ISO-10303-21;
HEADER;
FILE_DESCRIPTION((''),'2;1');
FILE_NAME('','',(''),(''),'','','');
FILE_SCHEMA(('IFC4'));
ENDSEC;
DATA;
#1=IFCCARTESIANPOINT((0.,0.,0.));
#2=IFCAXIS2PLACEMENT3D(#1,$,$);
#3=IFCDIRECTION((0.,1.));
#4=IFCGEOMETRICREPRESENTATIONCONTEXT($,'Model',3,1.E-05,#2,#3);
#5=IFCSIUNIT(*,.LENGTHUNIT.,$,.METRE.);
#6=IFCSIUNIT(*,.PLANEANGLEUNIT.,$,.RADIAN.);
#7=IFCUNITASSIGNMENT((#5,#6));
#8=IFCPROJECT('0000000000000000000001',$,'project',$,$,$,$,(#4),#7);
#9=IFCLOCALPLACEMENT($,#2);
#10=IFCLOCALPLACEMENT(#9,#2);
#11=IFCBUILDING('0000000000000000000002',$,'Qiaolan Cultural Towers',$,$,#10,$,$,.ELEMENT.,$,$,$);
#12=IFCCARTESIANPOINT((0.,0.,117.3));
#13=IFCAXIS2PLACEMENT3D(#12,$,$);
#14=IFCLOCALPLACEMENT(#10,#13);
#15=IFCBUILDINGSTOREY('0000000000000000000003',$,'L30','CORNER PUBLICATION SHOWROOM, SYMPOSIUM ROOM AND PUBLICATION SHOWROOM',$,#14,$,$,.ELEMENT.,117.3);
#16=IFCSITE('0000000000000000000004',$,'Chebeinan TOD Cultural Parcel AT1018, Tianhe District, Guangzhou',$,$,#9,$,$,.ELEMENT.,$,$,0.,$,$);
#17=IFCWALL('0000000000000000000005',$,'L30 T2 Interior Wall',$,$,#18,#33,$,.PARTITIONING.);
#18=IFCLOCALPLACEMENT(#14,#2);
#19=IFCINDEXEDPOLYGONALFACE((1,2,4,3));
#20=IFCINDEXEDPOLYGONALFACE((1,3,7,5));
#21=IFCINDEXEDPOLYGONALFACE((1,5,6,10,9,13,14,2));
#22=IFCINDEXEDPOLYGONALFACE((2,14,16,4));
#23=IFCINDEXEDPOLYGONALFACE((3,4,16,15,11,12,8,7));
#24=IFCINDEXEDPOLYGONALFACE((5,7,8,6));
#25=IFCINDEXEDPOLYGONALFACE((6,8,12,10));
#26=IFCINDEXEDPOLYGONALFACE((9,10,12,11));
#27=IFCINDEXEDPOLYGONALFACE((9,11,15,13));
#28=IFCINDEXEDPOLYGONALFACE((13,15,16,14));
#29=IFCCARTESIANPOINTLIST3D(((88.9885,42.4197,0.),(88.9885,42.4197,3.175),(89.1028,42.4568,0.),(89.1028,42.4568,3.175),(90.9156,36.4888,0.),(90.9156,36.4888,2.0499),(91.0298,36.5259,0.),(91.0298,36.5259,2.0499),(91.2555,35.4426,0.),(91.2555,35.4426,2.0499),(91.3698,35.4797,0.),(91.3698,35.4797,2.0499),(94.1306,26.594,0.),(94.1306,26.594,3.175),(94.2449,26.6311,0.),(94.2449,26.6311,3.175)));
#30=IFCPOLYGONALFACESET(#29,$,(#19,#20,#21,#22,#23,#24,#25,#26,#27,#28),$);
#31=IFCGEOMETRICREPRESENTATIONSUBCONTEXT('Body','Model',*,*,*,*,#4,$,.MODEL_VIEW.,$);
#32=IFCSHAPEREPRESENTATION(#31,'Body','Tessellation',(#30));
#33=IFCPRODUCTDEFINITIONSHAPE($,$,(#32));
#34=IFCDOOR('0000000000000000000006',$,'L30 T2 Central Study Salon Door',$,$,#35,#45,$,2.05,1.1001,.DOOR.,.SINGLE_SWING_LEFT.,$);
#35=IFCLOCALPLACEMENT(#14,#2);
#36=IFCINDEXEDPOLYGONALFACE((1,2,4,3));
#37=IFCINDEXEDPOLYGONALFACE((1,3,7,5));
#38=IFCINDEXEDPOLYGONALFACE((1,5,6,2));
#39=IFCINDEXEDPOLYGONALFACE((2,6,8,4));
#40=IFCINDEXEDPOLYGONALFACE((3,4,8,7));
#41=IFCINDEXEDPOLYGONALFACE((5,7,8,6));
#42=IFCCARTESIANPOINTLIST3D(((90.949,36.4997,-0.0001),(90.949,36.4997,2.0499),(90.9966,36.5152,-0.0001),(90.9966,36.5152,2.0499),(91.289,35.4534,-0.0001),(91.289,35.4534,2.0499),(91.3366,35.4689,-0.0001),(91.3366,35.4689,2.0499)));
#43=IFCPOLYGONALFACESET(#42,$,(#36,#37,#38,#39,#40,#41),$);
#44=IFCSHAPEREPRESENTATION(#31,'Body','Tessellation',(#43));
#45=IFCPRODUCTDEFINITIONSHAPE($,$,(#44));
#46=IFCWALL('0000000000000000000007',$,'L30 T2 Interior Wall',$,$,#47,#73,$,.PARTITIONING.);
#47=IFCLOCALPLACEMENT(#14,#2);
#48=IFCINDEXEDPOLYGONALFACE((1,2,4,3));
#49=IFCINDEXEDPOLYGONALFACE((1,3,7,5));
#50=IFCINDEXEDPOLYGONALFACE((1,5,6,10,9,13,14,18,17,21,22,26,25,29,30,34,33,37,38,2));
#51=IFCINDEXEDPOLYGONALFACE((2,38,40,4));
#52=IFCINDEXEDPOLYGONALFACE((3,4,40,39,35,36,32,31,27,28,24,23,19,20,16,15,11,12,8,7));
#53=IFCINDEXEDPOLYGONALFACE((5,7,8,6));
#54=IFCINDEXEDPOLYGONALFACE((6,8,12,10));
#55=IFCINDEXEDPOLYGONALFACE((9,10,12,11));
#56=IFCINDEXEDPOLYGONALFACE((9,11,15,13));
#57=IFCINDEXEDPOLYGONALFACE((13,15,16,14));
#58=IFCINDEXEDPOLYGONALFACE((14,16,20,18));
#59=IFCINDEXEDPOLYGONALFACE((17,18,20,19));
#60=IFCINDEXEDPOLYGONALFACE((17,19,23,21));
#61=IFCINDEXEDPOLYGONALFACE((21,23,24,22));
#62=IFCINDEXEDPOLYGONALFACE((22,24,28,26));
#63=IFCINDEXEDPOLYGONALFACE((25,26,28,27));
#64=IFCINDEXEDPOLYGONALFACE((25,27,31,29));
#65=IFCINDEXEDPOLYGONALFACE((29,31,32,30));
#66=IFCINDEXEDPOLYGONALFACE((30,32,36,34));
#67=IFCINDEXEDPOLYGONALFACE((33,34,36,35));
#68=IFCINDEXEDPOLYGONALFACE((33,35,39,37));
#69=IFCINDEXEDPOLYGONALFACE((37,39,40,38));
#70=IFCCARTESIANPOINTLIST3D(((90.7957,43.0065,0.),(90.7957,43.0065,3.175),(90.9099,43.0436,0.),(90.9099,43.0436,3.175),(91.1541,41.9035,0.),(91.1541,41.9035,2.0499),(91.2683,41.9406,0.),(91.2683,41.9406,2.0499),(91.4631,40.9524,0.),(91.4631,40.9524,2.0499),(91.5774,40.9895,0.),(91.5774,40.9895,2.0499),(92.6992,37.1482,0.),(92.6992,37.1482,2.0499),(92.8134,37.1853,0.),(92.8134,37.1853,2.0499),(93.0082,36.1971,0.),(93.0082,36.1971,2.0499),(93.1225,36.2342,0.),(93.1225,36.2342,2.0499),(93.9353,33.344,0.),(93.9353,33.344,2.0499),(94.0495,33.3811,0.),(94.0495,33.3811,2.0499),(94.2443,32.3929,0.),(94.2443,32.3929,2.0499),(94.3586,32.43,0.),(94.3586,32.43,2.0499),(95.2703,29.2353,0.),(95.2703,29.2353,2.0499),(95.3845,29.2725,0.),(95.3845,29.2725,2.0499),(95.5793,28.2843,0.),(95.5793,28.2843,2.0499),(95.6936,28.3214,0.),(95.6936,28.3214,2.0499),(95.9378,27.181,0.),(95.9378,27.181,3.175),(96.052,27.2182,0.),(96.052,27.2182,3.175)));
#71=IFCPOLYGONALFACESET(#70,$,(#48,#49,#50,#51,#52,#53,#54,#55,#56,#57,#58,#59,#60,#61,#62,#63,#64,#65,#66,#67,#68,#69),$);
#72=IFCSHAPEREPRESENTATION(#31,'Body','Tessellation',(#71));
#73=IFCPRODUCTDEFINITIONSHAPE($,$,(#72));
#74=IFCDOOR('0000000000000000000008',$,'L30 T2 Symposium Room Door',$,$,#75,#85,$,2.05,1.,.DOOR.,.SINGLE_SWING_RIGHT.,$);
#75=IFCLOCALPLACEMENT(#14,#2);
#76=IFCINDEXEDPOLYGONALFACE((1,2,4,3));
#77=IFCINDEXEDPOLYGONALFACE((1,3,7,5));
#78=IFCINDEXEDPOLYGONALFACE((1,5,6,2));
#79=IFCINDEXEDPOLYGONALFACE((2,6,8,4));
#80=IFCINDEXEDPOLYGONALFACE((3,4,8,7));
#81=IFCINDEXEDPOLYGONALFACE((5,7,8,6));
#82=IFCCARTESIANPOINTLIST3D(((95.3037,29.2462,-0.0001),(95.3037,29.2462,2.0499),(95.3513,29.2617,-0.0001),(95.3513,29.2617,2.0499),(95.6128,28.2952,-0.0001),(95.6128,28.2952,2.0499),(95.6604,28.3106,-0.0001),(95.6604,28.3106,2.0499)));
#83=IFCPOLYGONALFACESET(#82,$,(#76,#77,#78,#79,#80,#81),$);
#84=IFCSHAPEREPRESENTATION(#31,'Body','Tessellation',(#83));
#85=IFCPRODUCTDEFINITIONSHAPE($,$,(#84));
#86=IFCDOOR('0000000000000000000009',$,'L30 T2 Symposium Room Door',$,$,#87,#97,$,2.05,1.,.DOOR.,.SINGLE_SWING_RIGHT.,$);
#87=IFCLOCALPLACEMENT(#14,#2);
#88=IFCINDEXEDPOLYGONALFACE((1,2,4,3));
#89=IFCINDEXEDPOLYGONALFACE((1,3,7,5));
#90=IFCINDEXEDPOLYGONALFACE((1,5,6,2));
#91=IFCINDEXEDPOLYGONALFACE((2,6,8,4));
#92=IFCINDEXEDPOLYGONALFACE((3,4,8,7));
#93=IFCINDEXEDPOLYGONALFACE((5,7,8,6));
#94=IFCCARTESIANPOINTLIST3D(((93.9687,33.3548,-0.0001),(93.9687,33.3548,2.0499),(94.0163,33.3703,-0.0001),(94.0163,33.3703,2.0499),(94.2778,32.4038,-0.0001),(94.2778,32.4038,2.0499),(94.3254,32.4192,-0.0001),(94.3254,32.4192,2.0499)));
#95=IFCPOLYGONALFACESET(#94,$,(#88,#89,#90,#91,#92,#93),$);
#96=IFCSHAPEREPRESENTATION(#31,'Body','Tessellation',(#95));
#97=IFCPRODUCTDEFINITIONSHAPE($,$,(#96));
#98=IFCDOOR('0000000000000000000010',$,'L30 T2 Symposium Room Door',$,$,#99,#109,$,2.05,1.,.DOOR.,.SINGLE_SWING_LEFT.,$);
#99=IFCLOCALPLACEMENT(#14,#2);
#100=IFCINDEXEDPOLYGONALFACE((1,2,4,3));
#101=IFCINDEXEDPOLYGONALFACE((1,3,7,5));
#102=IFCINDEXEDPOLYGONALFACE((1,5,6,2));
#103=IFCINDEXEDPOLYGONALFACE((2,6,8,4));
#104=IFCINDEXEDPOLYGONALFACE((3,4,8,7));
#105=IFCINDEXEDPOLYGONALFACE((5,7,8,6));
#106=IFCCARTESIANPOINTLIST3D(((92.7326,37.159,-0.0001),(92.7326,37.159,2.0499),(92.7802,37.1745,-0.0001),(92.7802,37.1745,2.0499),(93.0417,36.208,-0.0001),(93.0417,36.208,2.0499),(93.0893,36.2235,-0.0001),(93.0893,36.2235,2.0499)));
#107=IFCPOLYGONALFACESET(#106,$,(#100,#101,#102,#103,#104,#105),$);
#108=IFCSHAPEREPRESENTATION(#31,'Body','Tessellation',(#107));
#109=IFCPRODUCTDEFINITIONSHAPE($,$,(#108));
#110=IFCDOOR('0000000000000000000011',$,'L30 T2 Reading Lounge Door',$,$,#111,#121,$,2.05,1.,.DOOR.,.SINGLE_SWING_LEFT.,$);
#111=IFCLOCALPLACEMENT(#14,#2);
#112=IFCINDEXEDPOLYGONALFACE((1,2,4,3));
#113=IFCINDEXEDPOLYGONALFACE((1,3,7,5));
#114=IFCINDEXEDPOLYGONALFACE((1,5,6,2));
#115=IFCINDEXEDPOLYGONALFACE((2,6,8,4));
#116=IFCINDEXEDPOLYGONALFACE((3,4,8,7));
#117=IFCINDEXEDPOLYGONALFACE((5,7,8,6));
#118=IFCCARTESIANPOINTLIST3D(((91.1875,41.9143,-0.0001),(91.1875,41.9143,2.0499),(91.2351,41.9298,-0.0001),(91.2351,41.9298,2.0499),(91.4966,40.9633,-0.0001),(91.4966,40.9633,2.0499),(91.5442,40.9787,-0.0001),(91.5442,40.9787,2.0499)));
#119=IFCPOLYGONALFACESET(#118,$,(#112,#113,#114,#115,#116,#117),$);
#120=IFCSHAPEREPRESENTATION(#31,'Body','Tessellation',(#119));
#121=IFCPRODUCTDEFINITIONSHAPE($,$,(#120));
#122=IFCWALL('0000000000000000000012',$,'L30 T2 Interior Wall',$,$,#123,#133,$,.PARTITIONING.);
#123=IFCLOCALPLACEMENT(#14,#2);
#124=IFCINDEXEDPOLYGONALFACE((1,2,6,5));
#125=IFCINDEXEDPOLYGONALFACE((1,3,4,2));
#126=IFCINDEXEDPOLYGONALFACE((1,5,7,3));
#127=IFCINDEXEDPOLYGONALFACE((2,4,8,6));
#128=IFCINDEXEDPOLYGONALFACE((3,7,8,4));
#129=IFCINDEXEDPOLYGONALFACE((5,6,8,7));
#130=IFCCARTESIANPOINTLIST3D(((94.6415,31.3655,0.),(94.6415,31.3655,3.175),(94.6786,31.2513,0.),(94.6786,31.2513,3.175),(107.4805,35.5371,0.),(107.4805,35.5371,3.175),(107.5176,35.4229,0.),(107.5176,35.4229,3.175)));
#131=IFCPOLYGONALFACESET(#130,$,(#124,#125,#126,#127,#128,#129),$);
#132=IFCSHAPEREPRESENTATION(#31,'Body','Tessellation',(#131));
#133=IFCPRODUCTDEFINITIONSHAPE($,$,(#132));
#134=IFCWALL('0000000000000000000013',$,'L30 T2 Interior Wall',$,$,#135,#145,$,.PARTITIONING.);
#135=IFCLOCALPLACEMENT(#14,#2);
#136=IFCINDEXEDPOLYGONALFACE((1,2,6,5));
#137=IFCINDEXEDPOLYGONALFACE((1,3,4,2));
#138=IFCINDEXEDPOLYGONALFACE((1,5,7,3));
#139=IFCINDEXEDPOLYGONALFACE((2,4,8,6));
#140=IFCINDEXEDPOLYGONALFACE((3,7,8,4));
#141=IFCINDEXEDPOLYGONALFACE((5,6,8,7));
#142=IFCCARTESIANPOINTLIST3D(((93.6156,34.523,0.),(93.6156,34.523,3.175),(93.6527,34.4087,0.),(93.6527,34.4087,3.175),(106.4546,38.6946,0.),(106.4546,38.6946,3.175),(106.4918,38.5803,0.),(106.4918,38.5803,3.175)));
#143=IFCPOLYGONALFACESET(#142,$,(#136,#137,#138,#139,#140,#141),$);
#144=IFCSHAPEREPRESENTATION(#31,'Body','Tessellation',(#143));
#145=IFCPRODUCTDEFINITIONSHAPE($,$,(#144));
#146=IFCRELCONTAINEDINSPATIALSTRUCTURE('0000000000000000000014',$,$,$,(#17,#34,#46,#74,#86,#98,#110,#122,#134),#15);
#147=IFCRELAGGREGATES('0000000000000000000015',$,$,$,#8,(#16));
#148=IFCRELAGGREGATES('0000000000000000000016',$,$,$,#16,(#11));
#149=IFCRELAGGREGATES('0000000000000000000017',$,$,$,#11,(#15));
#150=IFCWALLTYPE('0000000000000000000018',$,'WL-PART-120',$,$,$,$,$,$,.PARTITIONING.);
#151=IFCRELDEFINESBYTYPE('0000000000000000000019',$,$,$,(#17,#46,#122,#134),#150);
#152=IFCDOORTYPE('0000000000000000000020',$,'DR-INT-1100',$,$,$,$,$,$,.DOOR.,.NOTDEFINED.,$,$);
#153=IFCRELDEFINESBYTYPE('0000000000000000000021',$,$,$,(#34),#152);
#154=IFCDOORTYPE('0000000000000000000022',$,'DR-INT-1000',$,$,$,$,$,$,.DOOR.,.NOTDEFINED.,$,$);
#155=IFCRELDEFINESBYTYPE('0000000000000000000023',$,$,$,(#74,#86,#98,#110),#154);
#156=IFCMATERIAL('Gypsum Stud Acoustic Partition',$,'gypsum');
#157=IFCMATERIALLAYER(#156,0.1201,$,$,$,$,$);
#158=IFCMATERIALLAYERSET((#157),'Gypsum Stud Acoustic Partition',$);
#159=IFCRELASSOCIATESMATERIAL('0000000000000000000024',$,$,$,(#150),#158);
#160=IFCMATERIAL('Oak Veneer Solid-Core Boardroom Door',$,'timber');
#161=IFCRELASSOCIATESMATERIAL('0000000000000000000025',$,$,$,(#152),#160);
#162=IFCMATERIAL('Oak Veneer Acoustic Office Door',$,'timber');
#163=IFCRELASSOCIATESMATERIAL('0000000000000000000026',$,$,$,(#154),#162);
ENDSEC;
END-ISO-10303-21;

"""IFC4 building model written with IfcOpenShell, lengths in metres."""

from ifc_helpers import new_model, si_unit, direction, frame, frame_2d, origin, place, context, subcontext, project, spatial, rectangle, extrude, material, layer, layer_set, type_object, element, fill, save


model = new_model("IFC4")

# Units and contexts
model_context = context("Model", 3, precision=1e-05, world=origin(), true_north=direction((0.0, 1.0)))
body_context = subcontext(model_context, "Body", "Model", "MODEL_VIEW")
ifc_project = project(units=[si_unit("LENGTHUNIT", "METRE"), si_unit("PLANEANGLEUNIT", "RADIAN")], contexts=[model_context])

# Site, building, storey
site_placement = place(None, origin())
site = spatial("IfcSite", under=ifc_project, at=site_placement, Name="Chebeinan TOD Cultural Parcel AT1018, Tianhe District, Guangzhou", CompositionType="ELEMENT", RefElevation=0.0)
building_placement = place(site_placement, origin())
building = spatial("IfcBuilding", under=site, at=building_placement, Name="Qiaolan Cultural Towers", CompositionType="ELEMENT")
storey_placement = place(building_placement, frame((0.0, 0.0, 117.3)))
storey = spatial("IfcBuildingStorey", under=building, at=storey_placement, Name="L30", Description="CORNER PUBLICATION SHOWROOM, SYMPOSIUM ROOM AND PUBLICATION SHOWROOM", CompositionType="ELEMENT", Elevation=117.3)

# Shared definitions
ifc_material_1 = material(Name="Gypsum Stud Acoustic Partition", Category="gypsum")
ifc_layer_1 = layer(ifc_material_1, 0.1201)
ifc_layer_set_1 = layer_set([ifc_layer_1], Name="Gypsum Stud Acoustic Partition")
wall_type_1 = type_object("IfcWallType", Name="WL-PART-120", PredefinedType="PARTITIONING", material=ifc_layer_set_1)

# Wall, opening, door
wall_1_placement = place(storey_placement, frame((94.1877, 26.6125, 0.0), z_axis=(0.0, 0.0, 1.0), x_axis=(-0.309018, 0.951056, 0.0)))
wall_1 = element("IfcWall", 1, at=wall_1_placement, inside=storey, type_object=wall_type_1, Name="L30 T2 Interior Wall", PredefinedType="PARTITIONING", context=body_context, shape_type="SweptSolid", body=[
    extrude(rectangle(XDim=16.6401, YDim=0.1201, at=frame_2d((8.3201, 0.0))), origin(), (0.0, 0.0, 1.0), 3.175),
])
opening_1_placement = place(wall_1_placement, frame((9.304, 0.0, 0.0)))
opening_1 = element("IfcOpeningElement", 2, at=opening_1_placement, cuts=wall_1, PredefinedType="OPENING", context=body_context, shape_type="SweptSolid", body=[
    extrude(rectangle(XDim=1.1001, YDim=2.05, at=frame_2d((0.55, 1.0249))), frame((0.0, 0.0701, 0.0), z_axis=(0.0, -1.0, 0.0), x_axis=(1.0, 0.0, 0.0)), (0.0, 0.0, 1.0), 0.1401),
])
ifc_material_2 = material(Name="Oak Veneer Solid-Core Boardroom Door", Category="timber")
door_type_1 = type_object("IfcDoorType", Name="DR-INT-1100", OperationType="NOTDEFINED", PredefinedType="DOOR", material=ifc_material_2)
door_1_placement = place(opening_1_placement, origin())
door_1 = element("IfcDoor", 3, at=door_1_placement, inside=storey, type_object=door_type_1, Name="L30 T2 Central Study Salon Door", OperationType="SINGLE_SWING_LEFT", OverallHeight=2.05, OverallWidth=1.1001, PredefinedType="DOOR", context=body_context, shape_type="SweptSolid", body=[
    extrude(rectangle(XDim=1.1001, YDim=2.05, at=frame_2d((0.55, 1.0249))), frame((0.0, 0.0249, 0.0), z_axis=(0.0, -1.0, 0.0), x_axis=(1.0, 0.0, 0.0)), (0.0, 0.0, 1.0), 0.05),
])
fill(opening_1, door_1)

# Wall, openings, doors
wall_2_placement = place(storey_placement, frame((95.9949, 27.1997, 0.0), z_axis=(0.0, 0.0, 1.0), x_axis=(-0.309022, 0.951055, 0.0)))
wall_2 = element("IfcWall", 4, at=wall_2_placement, inside=storey, type_object=wall_type_1, Name="L30 T2 Interior Wall", PredefinedType="PARTITIONING", context=body_context, shape_type="SweptSolid", body=[
    extrude(rectangle(XDim=16.6399, YDim=0.1201, at=frame_2d((8.3198, 0.0))), origin(), (0.0, 0.0, 1.0), 3.175),
])
opening_2_placement = place(wall_2_placement, frame((1.1599, 0.0, 0.0)))
opening_2 = element("IfcOpeningElement", 5, at=opening_2_placement, cuts=wall_2, PredefinedType="OPENING", context=body_context, shape_type="SweptSolid", body=[
    extrude(rectangle(XDim=1.0, YDim=2.05, at=frame_2d((0.5, 1.0249))), frame((0.0, 0.0701, 0.0), z_axis=(0.0, -1.0, 0.0), x_axis=(1.0, 0.0, 0.0)), (0.0, 0.0, 1.0), 0.1401),
])
opening_3_placement = place(wall_2_placement, frame((5.48, 0.0, 0.0)))
opening_3 = element("IfcOpeningElement", 6, at=opening_3_placement, cuts=wall_2, PredefinedType="OPENING", context=body_context, shape_type="SweptSolid", body=[
    extrude(rectangle(XDim=1.0, YDim=2.05, at=frame_2d((0.5, 1.0249))), frame((0.0, 0.0701, 0.0), z_axis=(0.0, -1.0, 0.0), x_axis=(1.0, 0.0, 0.0)), (0.0, 0.0, 1.0), 0.1401),
])
opening_4_placement = place(wall_2_placement, frame((9.48, 0.0, 0.0)))
opening_4 = element("IfcOpeningElement", 7, at=opening_4_placement, cuts=wall_2, PredefinedType="OPENING", context=body_context, shape_type="SweptSolid", body=[
    extrude(rectangle(XDim=1.0, YDim=2.05, at=frame_2d((0.5, 1.0249))), frame((0.0, 0.0701, 0.0), z_axis=(0.0, -1.0, 0.0), x_axis=(1.0, 0.0, 0.0)), (0.0, 0.0, 1.0), 0.1401),
])
opening_5_placement = place(wall_2_placement, frame((14.48, 0.0, 0.0)))
opening_5 = element("IfcOpeningElement", 8, at=opening_5_placement, cuts=wall_2, PredefinedType="OPENING", context=body_context, shape_type="SweptSolid", body=[
    extrude(rectangle(XDim=1.0, YDim=2.05, at=frame_2d((0.5, 1.0249))), frame((0.0, 0.0701, 0.0), z_axis=(0.0, -1.0, 0.0), x_axis=(1.0, 0.0, 0.0)), (0.0, 0.0, 1.0), 0.1401),
])
ifc_material_3 = material(Name="Oak Veneer Acoustic Office Door", Category="timber")
door_type_2 = type_object("IfcDoorType", Name="DR-INT-1000", OperationType="NOTDEFINED", PredefinedType="DOOR", material=ifc_material_3)
door_2_placement = place(opening_2_placement, origin())
door_2 = element("IfcDoor", 9, at=door_2_placement, inside=storey, type_object=door_type_2, Name="L30 T2 Symposium Room Door", OperationType="SINGLE_SWING_RIGHT", OverallHeight=2.05, OverallWidth=1.0, PredefinedType="DOOR", context=body_context, shape_type="SweptSolid", body=[
    extrude(rectangle(XDim=1.0, YDim=2.05, at=frame_2d((0.5, 1.0249))), frame((0.0, 0.0249, 0.0), z_axis=(0.0, -1.0, 0.0), x_axis=(1.0, 0.0, 0.0)), (0.0, 0.0, 1.0), 0.05),
])
fill(opening_2, door_2)
door_3_placement = place(opening_3_placement, origin())
door_3 = element("IfcDoor", 10, at=door_3_placement, inside=storey, type_object=door_type_2, Name="L30 T2 Symposium Room Door", OperationType="SINGLE_SWING_RIGHT", OverallHeight=2.05, OverallWidth=1.0, PredefinedType="DOOR", context=body_context, shape_type="SweptSolid", body=[
    extrude(rectangle(XDim=1.0, YDim=2.05, at=frame_2d((0.5, 1.0249))), frame((0.0, 0.0249, 0.0), z_axis=(0.0, -1.0, 0.0), x_axis=(1.0, 0.0, 0.0)), (0.0, 0.0, 1.0), 0.05),
])
fill(opening_3, door_3)
door_4_placement = place(opening_4_placement, origin())
door_4 = element("IfcDoor", 11, at=door_4_placement, inside=storey, type_object=door_type_2, Name="L30 T2 Symposium Room Door", OperationType="SINGLE_SWING_LEFT", OverallHeight=2.05, OverallWidth=1.0, PredefinedType="DOOR", context=body_context, shape_type="SweptSolid", body=[
    extrude(rectangle(XDim=1.0, YDim=2.05, at=frame_2d((0.5, 1.0249))), frame((0.0, 0.0249, 0.0), z_axis=(0.0, -1.0, 0.0), x_axis=(1.0, 0.0, 0.0)), (0.0, 0.0, 1.0), 0.05),
])
fill(opening_4, door_4)
door_5_placement = place(opening_5_placement, origin())
door_5 = element("IfcDoor", 12, at=door_5_placement, inside=storey, type_object=door_type_2, Name="L30 T2 Reading Lounge Door", OperationType="SINGLE_SWING_LEFT", OverallHeight=2.05, OverallWidth=1.0, PredefinedType="DOOR", context=body_context, shape_type="SweptSolid", body=[
    extrude(rectangle(XDim=1.0, YDim=2.05, at=frame_2d((0.5, 1.0249))), frame((0.0, 0.0249, 0.0), z_axis=(0.0, -1.0, 0.0), x_axis=(1.0, 0.0, 0.0)), (0.0, 0.0, 1.0), 0.05),
])
fill(opening_5, door_5)

# Walls
for number, where, z_axis, x_axis, name in (
    (13, (94.6599, 31.3083, 0.0), (0.0, 0.0, 1.0), (0.951058, 0.309014, 0.0), "L30 T2 Interior Wall"),
    (14, (93.634, 34.4658, 0.0), (0.0, 0.0, 1.0), (0.951058, 0.309014, 0.0), "L30 T2 Interior Wall"),
):
    element("IfcWall", number, at=place(storey_placement, frame(where, z_axis=z_axis, x_axis=x_axis)), inside=storey, type_object=wall_type_1, Name=name, PredefinedType="PARTITIONING", context=body_context, shape_type="SweptSolid", body=[
        extrude(rectangle(XDim=13.4998, YDim=0.1201, at=frame_2d((6.75, 0.0))), origin(), (0.0, 0.0, 1.0), 3.175),
    ])

save(model, "model.ifc")
